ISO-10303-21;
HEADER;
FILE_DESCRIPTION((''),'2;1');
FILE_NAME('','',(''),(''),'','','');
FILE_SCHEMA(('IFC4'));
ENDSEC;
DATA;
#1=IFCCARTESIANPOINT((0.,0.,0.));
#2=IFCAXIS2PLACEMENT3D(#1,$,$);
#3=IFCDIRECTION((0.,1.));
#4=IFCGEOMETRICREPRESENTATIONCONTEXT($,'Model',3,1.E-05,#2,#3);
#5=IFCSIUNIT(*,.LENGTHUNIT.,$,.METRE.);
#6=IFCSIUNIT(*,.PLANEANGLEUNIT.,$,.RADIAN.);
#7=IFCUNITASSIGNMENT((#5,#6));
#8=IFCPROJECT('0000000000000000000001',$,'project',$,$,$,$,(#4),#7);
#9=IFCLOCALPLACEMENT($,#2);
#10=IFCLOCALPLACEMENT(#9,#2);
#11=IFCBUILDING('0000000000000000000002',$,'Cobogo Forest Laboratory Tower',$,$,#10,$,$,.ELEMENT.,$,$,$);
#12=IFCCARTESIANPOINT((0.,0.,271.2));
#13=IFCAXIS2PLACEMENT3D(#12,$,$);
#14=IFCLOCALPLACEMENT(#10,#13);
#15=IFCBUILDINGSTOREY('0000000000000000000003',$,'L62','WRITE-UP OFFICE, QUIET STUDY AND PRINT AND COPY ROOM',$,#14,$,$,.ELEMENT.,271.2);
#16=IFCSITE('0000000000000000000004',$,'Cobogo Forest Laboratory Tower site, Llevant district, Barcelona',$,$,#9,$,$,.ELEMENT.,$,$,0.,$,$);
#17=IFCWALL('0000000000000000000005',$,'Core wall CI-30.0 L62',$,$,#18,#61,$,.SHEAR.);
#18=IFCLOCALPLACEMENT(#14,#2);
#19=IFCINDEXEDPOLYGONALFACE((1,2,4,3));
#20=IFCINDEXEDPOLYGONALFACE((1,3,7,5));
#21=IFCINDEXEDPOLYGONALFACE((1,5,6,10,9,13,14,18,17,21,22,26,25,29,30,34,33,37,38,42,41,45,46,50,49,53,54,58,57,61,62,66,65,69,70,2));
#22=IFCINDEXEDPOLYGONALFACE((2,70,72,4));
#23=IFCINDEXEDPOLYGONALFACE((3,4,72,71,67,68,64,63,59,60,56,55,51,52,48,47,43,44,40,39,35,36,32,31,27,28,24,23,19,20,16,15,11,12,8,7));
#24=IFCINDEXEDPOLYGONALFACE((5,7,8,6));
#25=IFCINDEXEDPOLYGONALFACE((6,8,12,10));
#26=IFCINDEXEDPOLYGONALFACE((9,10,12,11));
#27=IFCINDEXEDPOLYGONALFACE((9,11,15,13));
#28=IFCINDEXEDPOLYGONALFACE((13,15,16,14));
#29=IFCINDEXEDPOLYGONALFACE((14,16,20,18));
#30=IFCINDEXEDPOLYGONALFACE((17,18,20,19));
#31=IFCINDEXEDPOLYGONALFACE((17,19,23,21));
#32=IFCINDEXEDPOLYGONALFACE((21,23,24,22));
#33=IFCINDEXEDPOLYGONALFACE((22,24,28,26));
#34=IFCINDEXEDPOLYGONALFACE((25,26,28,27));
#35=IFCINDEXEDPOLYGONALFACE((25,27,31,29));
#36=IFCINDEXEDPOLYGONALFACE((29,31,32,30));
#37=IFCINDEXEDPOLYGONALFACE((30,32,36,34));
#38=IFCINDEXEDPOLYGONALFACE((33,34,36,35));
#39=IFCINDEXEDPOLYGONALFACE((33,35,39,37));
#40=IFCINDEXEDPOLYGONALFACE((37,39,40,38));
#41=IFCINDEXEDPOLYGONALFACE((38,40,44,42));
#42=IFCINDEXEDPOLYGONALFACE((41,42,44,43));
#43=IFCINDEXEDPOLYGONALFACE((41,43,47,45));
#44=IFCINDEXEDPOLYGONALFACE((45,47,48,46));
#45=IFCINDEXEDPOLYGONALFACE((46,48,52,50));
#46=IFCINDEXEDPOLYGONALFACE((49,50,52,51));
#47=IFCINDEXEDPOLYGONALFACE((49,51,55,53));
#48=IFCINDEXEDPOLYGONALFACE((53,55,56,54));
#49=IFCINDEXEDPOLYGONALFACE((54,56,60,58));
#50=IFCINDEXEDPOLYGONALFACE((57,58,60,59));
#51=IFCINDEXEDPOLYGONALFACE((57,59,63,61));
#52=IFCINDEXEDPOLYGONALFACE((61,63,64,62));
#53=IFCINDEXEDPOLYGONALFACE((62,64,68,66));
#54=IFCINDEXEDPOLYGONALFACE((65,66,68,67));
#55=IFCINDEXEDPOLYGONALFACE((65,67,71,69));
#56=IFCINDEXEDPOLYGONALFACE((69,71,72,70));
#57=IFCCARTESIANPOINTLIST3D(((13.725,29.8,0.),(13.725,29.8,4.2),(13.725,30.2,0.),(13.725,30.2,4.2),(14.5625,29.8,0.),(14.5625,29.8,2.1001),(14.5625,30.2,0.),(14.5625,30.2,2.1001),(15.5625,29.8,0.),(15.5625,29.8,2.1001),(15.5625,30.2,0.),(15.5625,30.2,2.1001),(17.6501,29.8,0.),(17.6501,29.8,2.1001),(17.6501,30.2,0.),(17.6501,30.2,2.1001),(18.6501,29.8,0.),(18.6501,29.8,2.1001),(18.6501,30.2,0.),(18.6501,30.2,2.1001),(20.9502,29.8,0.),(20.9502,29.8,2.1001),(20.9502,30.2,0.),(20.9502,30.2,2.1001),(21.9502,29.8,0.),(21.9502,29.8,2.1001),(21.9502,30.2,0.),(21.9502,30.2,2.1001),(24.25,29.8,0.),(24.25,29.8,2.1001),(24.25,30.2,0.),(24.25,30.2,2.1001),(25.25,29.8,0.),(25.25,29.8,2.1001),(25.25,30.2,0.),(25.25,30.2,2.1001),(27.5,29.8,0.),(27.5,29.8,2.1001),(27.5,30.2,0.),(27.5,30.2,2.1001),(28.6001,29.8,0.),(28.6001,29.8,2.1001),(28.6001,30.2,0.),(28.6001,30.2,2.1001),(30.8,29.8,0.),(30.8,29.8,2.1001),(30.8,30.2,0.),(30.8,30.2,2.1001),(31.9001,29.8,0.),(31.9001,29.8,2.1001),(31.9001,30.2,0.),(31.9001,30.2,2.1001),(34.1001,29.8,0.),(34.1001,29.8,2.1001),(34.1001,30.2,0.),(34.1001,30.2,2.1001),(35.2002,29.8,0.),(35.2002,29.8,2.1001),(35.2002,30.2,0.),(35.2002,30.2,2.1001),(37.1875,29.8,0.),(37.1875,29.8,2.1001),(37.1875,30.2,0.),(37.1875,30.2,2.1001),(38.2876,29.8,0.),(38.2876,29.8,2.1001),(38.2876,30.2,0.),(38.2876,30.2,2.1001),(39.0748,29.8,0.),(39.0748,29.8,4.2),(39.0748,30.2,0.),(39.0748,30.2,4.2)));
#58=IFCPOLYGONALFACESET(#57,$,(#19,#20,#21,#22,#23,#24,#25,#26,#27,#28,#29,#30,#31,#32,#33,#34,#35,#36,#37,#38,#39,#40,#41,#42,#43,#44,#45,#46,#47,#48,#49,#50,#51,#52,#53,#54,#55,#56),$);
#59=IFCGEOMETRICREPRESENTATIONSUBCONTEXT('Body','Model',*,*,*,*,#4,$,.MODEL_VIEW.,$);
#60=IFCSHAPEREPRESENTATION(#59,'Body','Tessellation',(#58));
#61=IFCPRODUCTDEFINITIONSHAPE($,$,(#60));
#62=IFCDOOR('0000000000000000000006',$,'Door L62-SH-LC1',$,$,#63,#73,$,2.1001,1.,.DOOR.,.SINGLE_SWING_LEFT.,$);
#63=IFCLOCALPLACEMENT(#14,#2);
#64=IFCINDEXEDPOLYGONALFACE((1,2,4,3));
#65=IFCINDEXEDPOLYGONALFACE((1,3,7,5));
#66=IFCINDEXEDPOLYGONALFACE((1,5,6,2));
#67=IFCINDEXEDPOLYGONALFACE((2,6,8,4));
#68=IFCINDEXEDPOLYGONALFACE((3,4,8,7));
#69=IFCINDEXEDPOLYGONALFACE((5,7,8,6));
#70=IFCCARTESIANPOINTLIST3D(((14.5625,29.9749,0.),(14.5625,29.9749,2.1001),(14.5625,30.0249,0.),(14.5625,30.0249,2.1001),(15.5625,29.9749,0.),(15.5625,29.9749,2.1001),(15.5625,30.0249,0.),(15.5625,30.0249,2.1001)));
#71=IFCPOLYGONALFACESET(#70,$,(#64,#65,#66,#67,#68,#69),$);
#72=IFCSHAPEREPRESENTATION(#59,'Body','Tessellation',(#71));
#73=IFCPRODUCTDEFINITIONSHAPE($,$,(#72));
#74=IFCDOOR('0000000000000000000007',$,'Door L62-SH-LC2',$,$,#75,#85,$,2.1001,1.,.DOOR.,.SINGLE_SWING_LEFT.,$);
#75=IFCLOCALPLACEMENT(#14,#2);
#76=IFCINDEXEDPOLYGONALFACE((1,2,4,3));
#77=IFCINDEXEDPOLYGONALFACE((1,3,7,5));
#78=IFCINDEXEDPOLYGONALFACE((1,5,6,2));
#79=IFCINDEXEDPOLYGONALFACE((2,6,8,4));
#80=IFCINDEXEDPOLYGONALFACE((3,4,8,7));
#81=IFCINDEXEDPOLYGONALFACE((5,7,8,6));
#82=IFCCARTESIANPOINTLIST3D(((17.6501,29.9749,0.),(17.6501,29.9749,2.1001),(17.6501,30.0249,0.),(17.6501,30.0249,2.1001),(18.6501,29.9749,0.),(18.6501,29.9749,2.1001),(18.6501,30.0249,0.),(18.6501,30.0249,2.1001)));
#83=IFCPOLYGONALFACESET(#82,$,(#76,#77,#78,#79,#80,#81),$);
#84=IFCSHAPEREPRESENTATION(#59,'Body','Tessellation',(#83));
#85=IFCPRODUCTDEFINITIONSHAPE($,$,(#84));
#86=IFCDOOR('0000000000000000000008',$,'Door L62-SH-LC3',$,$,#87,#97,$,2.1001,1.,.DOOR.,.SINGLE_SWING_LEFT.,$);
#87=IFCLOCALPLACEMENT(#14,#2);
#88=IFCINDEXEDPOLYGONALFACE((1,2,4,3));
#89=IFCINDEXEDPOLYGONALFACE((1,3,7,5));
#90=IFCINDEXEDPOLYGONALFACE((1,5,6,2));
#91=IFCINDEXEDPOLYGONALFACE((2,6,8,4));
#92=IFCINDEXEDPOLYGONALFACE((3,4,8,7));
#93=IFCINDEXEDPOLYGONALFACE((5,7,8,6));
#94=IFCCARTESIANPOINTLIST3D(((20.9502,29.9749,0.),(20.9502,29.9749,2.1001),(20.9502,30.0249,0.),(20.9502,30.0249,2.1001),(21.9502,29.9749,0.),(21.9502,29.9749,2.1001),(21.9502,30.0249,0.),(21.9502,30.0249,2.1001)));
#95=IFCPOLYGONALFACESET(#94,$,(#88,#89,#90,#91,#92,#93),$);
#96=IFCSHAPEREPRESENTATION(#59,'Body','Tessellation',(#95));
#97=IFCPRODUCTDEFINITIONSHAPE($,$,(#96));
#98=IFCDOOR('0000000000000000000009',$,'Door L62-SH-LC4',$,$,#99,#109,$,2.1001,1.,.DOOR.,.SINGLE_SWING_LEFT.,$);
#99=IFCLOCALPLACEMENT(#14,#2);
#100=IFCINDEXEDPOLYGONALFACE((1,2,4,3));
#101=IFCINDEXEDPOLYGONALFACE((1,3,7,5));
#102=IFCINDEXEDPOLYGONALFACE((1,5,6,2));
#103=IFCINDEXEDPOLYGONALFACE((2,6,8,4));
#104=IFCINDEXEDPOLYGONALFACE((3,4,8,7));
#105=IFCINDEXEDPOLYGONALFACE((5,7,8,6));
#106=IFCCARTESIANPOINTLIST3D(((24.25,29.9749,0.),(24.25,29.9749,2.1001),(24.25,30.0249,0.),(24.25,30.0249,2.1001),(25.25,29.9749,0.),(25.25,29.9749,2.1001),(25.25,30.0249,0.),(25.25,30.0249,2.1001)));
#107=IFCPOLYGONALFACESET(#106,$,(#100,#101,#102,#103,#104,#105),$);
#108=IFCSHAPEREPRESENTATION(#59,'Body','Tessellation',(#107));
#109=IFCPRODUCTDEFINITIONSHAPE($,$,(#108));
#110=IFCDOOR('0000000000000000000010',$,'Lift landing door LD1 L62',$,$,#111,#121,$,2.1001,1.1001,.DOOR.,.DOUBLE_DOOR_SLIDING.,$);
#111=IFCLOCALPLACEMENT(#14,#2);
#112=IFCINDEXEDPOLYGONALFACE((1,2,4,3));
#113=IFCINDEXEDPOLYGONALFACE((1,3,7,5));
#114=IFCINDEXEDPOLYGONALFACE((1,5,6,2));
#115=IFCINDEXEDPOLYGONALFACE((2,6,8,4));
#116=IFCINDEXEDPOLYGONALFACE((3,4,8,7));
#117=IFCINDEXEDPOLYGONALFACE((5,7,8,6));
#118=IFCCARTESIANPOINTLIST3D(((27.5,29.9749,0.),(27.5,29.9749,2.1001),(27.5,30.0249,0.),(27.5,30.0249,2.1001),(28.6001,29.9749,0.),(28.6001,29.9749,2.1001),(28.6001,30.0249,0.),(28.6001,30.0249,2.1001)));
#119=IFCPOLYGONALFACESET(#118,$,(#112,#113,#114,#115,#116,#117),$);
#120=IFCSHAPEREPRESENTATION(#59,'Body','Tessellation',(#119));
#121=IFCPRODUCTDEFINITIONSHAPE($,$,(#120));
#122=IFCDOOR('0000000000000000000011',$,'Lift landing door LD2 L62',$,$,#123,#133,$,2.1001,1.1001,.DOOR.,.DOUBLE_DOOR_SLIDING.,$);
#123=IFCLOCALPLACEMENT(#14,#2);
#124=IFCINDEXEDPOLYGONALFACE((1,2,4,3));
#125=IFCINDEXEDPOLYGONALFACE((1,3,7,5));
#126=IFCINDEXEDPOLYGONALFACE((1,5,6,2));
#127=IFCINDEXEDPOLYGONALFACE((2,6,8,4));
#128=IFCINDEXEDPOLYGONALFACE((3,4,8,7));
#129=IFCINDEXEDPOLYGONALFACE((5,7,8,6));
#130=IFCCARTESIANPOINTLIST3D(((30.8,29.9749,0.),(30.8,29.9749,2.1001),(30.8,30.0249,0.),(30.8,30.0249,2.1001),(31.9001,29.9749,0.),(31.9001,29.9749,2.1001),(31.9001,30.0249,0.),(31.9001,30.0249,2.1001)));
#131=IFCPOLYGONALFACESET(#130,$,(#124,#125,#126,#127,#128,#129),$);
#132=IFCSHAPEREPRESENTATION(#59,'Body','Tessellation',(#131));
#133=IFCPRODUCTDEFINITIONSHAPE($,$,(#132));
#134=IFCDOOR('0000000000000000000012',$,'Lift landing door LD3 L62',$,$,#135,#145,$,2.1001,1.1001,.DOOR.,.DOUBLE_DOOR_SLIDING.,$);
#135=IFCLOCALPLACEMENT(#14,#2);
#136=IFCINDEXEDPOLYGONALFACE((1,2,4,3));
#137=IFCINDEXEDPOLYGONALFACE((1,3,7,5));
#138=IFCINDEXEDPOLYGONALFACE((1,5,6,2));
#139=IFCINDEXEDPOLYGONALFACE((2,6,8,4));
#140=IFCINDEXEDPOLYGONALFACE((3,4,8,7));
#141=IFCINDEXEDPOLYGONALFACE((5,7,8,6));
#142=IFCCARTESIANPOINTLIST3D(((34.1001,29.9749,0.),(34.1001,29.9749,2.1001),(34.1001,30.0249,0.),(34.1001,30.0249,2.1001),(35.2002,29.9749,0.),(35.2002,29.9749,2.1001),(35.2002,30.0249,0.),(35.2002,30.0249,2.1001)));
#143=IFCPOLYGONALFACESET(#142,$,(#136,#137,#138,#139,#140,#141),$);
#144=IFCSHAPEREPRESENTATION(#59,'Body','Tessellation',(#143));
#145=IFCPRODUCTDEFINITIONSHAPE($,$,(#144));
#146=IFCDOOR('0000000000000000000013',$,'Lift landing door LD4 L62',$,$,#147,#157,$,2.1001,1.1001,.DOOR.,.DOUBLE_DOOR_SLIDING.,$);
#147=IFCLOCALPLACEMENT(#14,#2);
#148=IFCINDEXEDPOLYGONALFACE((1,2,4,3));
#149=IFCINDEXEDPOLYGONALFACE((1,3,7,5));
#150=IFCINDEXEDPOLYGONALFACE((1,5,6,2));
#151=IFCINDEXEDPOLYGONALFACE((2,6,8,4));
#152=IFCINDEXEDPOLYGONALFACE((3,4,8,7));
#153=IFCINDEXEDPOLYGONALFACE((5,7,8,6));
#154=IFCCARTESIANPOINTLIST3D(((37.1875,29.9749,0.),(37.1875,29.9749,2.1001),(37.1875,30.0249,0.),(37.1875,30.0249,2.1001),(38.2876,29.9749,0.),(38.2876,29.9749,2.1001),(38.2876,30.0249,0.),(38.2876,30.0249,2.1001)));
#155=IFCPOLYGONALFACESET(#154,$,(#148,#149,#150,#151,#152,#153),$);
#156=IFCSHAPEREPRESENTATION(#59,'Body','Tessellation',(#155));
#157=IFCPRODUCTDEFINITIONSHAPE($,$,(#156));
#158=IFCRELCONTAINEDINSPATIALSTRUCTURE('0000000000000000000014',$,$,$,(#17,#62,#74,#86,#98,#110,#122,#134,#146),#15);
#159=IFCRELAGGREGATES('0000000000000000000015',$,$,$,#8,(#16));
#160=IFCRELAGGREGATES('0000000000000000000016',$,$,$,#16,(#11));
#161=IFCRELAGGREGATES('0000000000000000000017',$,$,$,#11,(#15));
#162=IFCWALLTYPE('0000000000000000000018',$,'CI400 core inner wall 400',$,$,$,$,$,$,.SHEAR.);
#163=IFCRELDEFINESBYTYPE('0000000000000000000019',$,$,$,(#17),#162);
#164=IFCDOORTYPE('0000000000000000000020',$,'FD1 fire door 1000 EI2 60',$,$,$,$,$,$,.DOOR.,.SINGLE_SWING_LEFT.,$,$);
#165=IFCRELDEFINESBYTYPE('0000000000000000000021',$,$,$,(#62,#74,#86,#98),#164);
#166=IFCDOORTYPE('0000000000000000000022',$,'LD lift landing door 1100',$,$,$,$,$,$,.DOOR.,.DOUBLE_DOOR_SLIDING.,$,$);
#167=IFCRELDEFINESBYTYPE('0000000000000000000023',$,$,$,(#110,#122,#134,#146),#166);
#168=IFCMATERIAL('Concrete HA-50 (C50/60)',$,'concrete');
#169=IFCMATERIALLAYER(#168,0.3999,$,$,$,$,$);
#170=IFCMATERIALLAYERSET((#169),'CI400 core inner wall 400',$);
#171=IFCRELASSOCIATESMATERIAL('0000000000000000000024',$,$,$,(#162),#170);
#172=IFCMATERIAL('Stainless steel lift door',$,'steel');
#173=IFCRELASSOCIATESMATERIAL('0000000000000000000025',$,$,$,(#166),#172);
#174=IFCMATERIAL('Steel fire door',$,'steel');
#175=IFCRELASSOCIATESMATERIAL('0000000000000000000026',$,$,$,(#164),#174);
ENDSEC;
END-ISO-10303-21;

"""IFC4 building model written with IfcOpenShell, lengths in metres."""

from ifc_helpers import new_model, si_unit, direction, frame, frame_2d, origin, place, context, subcontext, project, spatial, rectangle, extrude, material, layer, layer_set, type_object, element, fill, save


model = new_model("IFC4")

# Units and contexts
model_context = context("Model", 3, precision=1e-05, world=origin(), true_north=direction((0.0, 1.0)))
body_context = subcontext(model_context, "Body", "Model", "MODEL_VIEW")
ifc_project = project(units=[si_unit("LENGTHUNIT", "METRE"), si_unit("PLANEANGLEUNIT", "RADIAN")], contexts=[model_context])

# Site, building, storey
site_placement = place(None, origin())
site = spatial("IfcSite", under=ifc_project, at=site_placement, Name="Cobogo Forest Laboratory Tower site, Llevant district, Barcelona", CompositionType="ELEMENT", RefElevation=0.0)
building_placement = place(site_placement, origin())
building = spatial("IfcBuilding", under=site, at=building_placement, Name="Cobogo Forest Laboratory Tower", CompositionType="ELEMENT")
storey_placement = place(building_placement, frame((0.0, 0.0, 271.2)))
storey = spatial("IfcBuildingStorey", under=building, at=storey_placement, Name="L62", Description="WRITE-UP OFFICE, QUIET STUDY AND PRINT AND COPY ROOM", CompositionType="ELEMENT", Elevation=271.2)

# Shared definitions
ifc_material_1 = material(Name="Concrete HA-50 (C50/60)", Category="concrete")
ifc_layer = layer(ifc_material_1, 0.3999)
ifc_layer_set = layer_set([ifc_layer], Name="CI400 core inner wall 400")
wall_type = type_object("IfcWallType", Name="CI400 core inner wall 400", PredefinedType="SHEAR", material=ifc_layer_set)

# Wall, openings, doors
ifc_material_2 = material(Name="Steel fire door", Category="steel")
ifc_material_3 = material(Name="Stainless steel lift door", Category="steel")
door_type_1 = type_object("IfcDoorType", Name="LD lift landing door 1100", OperationType="DOUBLE_DOOR_SLIDING", PredefinedType="DOOR", material=ifc_material_3)
wall_1_placement = place(storey_placement, frame((13.7251, 30.0, 0.0), z_axis=(0.0, 0.0, 1.0), x_axis=(1.0, 0.0, 0.0)))
wall_1 = element("IfcWall", 1, at=wall_1_placement, inside=storey, type_object=wall_type, Name="Core wall CI-30.0 L62", PredefinedType="SHEAR", context=body_context, shape_type="SweptSolid", body=[
    extrude(rectangle(XDim=25.3499, YDim=0.3999, at=frame_2d((12.6748, 0.0))), origin(), (0.0, 0.0, 1.0), 4.2),
])
opening_1_placement = place(wall_1_placement, frame((0.8374, 0.0, 0.0)))
opening_1 = element("IfcOpeningElement", 2, at=opening_1_placement, cuts=wall_1, PredefinedType="OPENING", context=body_context, shape_type="SweptSolid", body=[
    extrude(rectangle(XDim=1.0, YDim=2.1001, at=frame_2d((0.5, 1.05))), frame((0.0, 0.21, 0.0), z_axis=(0.0, -1.0, 0.0), x_axis=(1.0, 0.0, 0.0)), (0.0, 0.0, 1.0), 0.4199),
])
opening_2_placement = place(wall_1_placement, frame((3.925, 0.0, 0.0)))
opening_2 = element("IfcOpeningElement", 3, at=opening_2_placement, cuts=wall_1, PredefinedType="OPENING", context=body_context, shape_type="SweptSolid", body=[
    extrude(rectangle(XDim=1.0, YDim=2.1001, at=frame_2d((0.5, 1.05))), frame((0.0, 0.21, 0.0), z_axis=(0.0, -1.0, 0.0), x_axis=(1.0, 0.0, 0.0)), (0.0, 0.0, 1.0), 0.4199),
])
opening_3_placement = place(wall_1_placement, frame((7.2251, 0.0, 0.0)))
opening_3 = element("IfcOpeningElement", 4, at=opening_3_placement, cuts=wall_1, PredefinedType="OPENING", context=body_context, shape_type="SweptSolid", body=[
    extrude(rectangle(XDim=1.0, YDim=2.1001, at=frame_2d((0.5, 1.05))), frame((0.0, 0.21, 0.0), z_axis=(0.0, -1.0, 0.0), x_axis=(1.0, 0.0, 0.0)), (0.0, 0.0, 1.0), 0.4199),
])
opening_4_placement = place(wall_1_placement, frame((10.5249, 0.0, 0.0)))
opening_4 = element("IfcOpeningElement", 5, at=opening_4_placement, cuts=wall_1, PredefinedType="OPENING", context=body_context, shape_type="SweptSolid", body=[
    extrude(rectangle(XDim=1.0, YDim=2.1001, at=frame_2d((0.5, 1.05))), frame((0.0, 0.21, 0.0), z_axis=(0.0, -1.0, 0.0), x_axis=(1.0, 0.0, 0.0)), (0.0, 0.0, 1.0), 0.4199),
])
opening_5_placement = place(wall_1_placement, frame((13.7749, 0.0, 0.0)))
opening_5 = element("IfcOpeningElement", 6, at=opening_5_placement, cuts=wall_1, PredefinedType="OPENING", context=body_context, shape_type="SweptSolid", body=[
    extrude(rectangle(XDim=1.1001, YDim=2.1001, at=frame_2d((0.55, 1.05))), frame((0.0, 0.21, 0.0), z_axis=(0.0, -1.0, 0.0), x_axis=(1.0, 0.0, 0.0)), (0.0, 0.0, 1.0), 0.4199),
])
opening_6_placement = place(wall_1_placement, frame((17.075, 0.0, 0.0)))
opening_6 = element("IfcOpeningElement", 7, at=opening_6_placement, cuts=wall_1, PredefinedType="OPENING", context=body_context, shape_type="SweptSolid", body=[
    extrude(rectangle(XDim=1.1001, YDim=2.1001, at=frame_2d((0.55, 1.05))), frame((0.0, 0.21, 0.0), z_axis=(0.0, -1.0, 0.0), x_axis=(1.0, 0.0, 0.0)), (0.0, 0.0, 1.0), 0.4199),
])
opening_7_placement = place(wall_1_placement, frame((20.375, 0.0, 0.0)))
opening_7 = element("IfcOpeningElement", 8, at=opening_7_placement, cuts=wall_1, PredefinedType="OPENING", context=body_context, shape_type="SweptSolid", body=[
    extrude(rectangle(XDim=1.1001, YDim=2.1001, at=frame_2d((0.55, 1.05))), frame((0.0, 0.21, 0.0), z_axis=(0.0, -1.0, 0.0), x_axis=(1.0, 0.0, 0.0)), (0.0, 0.0, 1.0), 0.4199),
])
opening_8_placement = place(wall_1_placement, frame((23.4624, 0.0, 0.0)))
opening_8 = element("IfcOpeningElement", 9, at=opening_8_placement, cuts=wall_1, PredefinedType="OPENING", context=body_context, shape_type="SweptSolid", body=[
    extrude(rectangle(XDim=1.1001, YDim=2.1001, at=frame_2d((0.55, 1.05))), frame((0.0, 0.21, 0.0), z_axis=(0.0, -1.0, 0.0), x_axis=(1.0, 0.0, 0.0)), (0.0, 0.0, 1.0), 0.4199),
])
door_type_2 = type_object("IfcDoorType", Name="FD1 fire door 1000 EI2 60", OperationType="SINGLE_SWING_LEFT", PredefinedType="DOOR", material=ifc_material_2)
door_1_placement = place(opening_1_placement, origin())
door_1 = element("IfcDoor", 10, at=door_1_placement, inside=storey, type_object=door_type_2, Name="Door L62-SH-LC1", OperationType="SINGLE_SWING_LEFT", OverallHeight=2.1001, OverallWidth=1.0, PredefinedType="DOOR", context=body_context, shape_type="SweptSolid", body=[
    extrude(rectangle(XDim=1.0, YDim=2.1001, at=frame_2d((0.5, 1.05))), frame((0.0, 0.0249, 0.0), z_axis=(0.0, -1.0, 0.0), x_axis=(1.0, 0.0, 0.0)), (0.0, 0.0, 1.0), 0.05),
])
fill(opening_1, door_1)
door_2_placement = place(opening_2_placement, origin())
door_2 = element("IfcDoor", 11, at=door_2_placement, inside=storey, type_object=door_type_2, Name="Door L62-SH-LC2", OperationType="SINGLE_SWING_LEFT", OverallHeight=2.1001, OverallWidth=1.0, PredefinedType="DOOR", context=body_context, shape_type="SweptSolid", body=[
    extrude(rectangle(XDim=1.0, YDim=2.1001, at=frame_2d((0.5, 1.05))), frame((0.0, 0.0249, 0.0), z_axis=(0.0, -1.0, 0.0), x_axis=(1.0, 0.0, 0.0)), (0.0, 0.0, 1.0), 0.05),
])
fill(opening_2, door_2)
door_3_placement = place(opening_3_placement, origin())
door_3 = element("IfcDoor", 12, at=door_3_placement, inside=storey, type_object=door_type_2, Name="Door L62-SH-LC3", OperationType="SINGLE_SWING_LEFT", OverallHeight=2.1001, OverallWidth=1.0, PredefinedType="DOOR", context=body_context, shape_type="SweptSolid", body=[
    extrude(rectangle(XDim=1.0, YDim=2.1001, at=frame_2d((0.5, 1.05))), frame((0.0, 0.0249, 0.0), z_axis=(0.0, -1.0, 0.0), x_axis=(1.0, 0.0, 0.0)), (0.0, 0.0, 1.0), 0.05),
])
fill(opening_3, door_3)
door_4_placement = place(opening_4_placement, origin())
door_4 = element("IfcDoor", 13, at=door_4_placement, inside=storey, type_object=door_type_2, Name="Door L62-SH-LC4", OperationType="SINGLE_SWING_LEFT", OverallHeight=2.1001, OverallWidth=1.0, PredefinedType="DOOR", context=body_context, shape_type="SweptSolid", body=[
    extrude(rectangle(XDim=1.0, YDim=2.1001, at=frame_2d((0.5, 1.05))), frame((0.0, 0.0249, 0.0), z_axis=(0.0, -1.0, 0.0), x_axis=(1.0, 0.0, 0.0)), (0.0, 0.0, 1.0), 0.05),
])
fill(opening_4, door_4)
door_5_placement = place(opening_5_placement, origin())
door_5 = element("IfcDoor", 14, at=door_5_placement, inside=storey, type_object=door_type_1, Name="Lift landing door LD1 L62", OperationType="DOUBLE_DOOR_SLIDING", OverallHeight=2.1001, OverallWidth=1.1001, PredefinedType="DOOR", context=body_context, shape_type="SweptSolid", body=[
    extrude(rectangle(XDim=1.1001, YDim=2.1001, at=frame_2d((0.55, 1.05))), frame((0.0, 0.0249, 0.0), z_axis=(0.0, -1.0, 0.0), x_axis=(1.0, 0.0, 0.0)), (0.0, 0.0, 1.0), 0.05),
])
fill(opening_5, door_5)
door_6_placement = place(opening_6_placement, origin())
door_6 = element("IfcDoor", 15, at=door_6_placement, inside=storey, type_object=door_type_1, Name="Lift landing door LD2 L62", OperationType="DOUBLE_DOOR_SLIDING", OverallHeight=2.1001, OverallWidth=1.1001, PredefinedType="DOOR", context=body_context, shape_type="SweptSolid", body=[
    extrude(rectangle(XDim=1.1001, YDim=2.1001, at=frame_2d((0.55, 1.05))), frame((0.0, 0.0249, 0.0), z_axis=(0.0, -1.0, 0.0), x_axis=(1.0, 0.0, 0.0)), (0.0, 0.0, 1.0), 0.05),
])
fill(opening_6, door_6)
door_7_placement = place(opening_7_placement, origin())
door_7 = element("IfcDoor", 16, at=door_7_placement, inside=storey, type_object=door_type_1, Name="Lift landing door LD3 L62", OperationType="DOUBLE_DOOR_SLIDING", OverallHeight=2.1001, OverallWidth=1.1001, PredefinedType="DOOR", context=body_context, shape_type="SweptSolid", body=[
    extrude(rectangle(XDim=1.1001, YDim=2.1001, at=frame_2d((0.55, 1.05))), frame((0.0, 0.0249, 0.0), z_axis=(0.0, -1.0, 0.0), x_axis=(1.0, 0.0, 0.0)), (0.0, 0.0, 1.0), 0.05),
])
fill(opening_7, door_7)
door_8_placement = place(opening_8_placement, origin())
door_8 = element("IfcDoor", 17, at=door_8_placement, inside=storey, type_object=door_type_1, Name="Lift landing door LD4 L62", OperationType="DOUBLE_DOOR_SLIDING", OverallHeight=2.1001, OverallWidth=1.1001, PredefinedType="DOOR", context=body_context, shape_type="SweptSolid", body=[
    extrude(rectangle(XDim=1.1001, YDim=2.1001, at=frame_2d((0.55, 1.05))), frame((0.0, 0.0249, 0.0), z_axis=(0.0, -1.0, 0.0), x_axis=(1.0, 0.0, 0.0)), (0.0, 0.0, 1.0), 0.05),
])
fill(opening_8, door_8)

save(model, "model.ifc")
